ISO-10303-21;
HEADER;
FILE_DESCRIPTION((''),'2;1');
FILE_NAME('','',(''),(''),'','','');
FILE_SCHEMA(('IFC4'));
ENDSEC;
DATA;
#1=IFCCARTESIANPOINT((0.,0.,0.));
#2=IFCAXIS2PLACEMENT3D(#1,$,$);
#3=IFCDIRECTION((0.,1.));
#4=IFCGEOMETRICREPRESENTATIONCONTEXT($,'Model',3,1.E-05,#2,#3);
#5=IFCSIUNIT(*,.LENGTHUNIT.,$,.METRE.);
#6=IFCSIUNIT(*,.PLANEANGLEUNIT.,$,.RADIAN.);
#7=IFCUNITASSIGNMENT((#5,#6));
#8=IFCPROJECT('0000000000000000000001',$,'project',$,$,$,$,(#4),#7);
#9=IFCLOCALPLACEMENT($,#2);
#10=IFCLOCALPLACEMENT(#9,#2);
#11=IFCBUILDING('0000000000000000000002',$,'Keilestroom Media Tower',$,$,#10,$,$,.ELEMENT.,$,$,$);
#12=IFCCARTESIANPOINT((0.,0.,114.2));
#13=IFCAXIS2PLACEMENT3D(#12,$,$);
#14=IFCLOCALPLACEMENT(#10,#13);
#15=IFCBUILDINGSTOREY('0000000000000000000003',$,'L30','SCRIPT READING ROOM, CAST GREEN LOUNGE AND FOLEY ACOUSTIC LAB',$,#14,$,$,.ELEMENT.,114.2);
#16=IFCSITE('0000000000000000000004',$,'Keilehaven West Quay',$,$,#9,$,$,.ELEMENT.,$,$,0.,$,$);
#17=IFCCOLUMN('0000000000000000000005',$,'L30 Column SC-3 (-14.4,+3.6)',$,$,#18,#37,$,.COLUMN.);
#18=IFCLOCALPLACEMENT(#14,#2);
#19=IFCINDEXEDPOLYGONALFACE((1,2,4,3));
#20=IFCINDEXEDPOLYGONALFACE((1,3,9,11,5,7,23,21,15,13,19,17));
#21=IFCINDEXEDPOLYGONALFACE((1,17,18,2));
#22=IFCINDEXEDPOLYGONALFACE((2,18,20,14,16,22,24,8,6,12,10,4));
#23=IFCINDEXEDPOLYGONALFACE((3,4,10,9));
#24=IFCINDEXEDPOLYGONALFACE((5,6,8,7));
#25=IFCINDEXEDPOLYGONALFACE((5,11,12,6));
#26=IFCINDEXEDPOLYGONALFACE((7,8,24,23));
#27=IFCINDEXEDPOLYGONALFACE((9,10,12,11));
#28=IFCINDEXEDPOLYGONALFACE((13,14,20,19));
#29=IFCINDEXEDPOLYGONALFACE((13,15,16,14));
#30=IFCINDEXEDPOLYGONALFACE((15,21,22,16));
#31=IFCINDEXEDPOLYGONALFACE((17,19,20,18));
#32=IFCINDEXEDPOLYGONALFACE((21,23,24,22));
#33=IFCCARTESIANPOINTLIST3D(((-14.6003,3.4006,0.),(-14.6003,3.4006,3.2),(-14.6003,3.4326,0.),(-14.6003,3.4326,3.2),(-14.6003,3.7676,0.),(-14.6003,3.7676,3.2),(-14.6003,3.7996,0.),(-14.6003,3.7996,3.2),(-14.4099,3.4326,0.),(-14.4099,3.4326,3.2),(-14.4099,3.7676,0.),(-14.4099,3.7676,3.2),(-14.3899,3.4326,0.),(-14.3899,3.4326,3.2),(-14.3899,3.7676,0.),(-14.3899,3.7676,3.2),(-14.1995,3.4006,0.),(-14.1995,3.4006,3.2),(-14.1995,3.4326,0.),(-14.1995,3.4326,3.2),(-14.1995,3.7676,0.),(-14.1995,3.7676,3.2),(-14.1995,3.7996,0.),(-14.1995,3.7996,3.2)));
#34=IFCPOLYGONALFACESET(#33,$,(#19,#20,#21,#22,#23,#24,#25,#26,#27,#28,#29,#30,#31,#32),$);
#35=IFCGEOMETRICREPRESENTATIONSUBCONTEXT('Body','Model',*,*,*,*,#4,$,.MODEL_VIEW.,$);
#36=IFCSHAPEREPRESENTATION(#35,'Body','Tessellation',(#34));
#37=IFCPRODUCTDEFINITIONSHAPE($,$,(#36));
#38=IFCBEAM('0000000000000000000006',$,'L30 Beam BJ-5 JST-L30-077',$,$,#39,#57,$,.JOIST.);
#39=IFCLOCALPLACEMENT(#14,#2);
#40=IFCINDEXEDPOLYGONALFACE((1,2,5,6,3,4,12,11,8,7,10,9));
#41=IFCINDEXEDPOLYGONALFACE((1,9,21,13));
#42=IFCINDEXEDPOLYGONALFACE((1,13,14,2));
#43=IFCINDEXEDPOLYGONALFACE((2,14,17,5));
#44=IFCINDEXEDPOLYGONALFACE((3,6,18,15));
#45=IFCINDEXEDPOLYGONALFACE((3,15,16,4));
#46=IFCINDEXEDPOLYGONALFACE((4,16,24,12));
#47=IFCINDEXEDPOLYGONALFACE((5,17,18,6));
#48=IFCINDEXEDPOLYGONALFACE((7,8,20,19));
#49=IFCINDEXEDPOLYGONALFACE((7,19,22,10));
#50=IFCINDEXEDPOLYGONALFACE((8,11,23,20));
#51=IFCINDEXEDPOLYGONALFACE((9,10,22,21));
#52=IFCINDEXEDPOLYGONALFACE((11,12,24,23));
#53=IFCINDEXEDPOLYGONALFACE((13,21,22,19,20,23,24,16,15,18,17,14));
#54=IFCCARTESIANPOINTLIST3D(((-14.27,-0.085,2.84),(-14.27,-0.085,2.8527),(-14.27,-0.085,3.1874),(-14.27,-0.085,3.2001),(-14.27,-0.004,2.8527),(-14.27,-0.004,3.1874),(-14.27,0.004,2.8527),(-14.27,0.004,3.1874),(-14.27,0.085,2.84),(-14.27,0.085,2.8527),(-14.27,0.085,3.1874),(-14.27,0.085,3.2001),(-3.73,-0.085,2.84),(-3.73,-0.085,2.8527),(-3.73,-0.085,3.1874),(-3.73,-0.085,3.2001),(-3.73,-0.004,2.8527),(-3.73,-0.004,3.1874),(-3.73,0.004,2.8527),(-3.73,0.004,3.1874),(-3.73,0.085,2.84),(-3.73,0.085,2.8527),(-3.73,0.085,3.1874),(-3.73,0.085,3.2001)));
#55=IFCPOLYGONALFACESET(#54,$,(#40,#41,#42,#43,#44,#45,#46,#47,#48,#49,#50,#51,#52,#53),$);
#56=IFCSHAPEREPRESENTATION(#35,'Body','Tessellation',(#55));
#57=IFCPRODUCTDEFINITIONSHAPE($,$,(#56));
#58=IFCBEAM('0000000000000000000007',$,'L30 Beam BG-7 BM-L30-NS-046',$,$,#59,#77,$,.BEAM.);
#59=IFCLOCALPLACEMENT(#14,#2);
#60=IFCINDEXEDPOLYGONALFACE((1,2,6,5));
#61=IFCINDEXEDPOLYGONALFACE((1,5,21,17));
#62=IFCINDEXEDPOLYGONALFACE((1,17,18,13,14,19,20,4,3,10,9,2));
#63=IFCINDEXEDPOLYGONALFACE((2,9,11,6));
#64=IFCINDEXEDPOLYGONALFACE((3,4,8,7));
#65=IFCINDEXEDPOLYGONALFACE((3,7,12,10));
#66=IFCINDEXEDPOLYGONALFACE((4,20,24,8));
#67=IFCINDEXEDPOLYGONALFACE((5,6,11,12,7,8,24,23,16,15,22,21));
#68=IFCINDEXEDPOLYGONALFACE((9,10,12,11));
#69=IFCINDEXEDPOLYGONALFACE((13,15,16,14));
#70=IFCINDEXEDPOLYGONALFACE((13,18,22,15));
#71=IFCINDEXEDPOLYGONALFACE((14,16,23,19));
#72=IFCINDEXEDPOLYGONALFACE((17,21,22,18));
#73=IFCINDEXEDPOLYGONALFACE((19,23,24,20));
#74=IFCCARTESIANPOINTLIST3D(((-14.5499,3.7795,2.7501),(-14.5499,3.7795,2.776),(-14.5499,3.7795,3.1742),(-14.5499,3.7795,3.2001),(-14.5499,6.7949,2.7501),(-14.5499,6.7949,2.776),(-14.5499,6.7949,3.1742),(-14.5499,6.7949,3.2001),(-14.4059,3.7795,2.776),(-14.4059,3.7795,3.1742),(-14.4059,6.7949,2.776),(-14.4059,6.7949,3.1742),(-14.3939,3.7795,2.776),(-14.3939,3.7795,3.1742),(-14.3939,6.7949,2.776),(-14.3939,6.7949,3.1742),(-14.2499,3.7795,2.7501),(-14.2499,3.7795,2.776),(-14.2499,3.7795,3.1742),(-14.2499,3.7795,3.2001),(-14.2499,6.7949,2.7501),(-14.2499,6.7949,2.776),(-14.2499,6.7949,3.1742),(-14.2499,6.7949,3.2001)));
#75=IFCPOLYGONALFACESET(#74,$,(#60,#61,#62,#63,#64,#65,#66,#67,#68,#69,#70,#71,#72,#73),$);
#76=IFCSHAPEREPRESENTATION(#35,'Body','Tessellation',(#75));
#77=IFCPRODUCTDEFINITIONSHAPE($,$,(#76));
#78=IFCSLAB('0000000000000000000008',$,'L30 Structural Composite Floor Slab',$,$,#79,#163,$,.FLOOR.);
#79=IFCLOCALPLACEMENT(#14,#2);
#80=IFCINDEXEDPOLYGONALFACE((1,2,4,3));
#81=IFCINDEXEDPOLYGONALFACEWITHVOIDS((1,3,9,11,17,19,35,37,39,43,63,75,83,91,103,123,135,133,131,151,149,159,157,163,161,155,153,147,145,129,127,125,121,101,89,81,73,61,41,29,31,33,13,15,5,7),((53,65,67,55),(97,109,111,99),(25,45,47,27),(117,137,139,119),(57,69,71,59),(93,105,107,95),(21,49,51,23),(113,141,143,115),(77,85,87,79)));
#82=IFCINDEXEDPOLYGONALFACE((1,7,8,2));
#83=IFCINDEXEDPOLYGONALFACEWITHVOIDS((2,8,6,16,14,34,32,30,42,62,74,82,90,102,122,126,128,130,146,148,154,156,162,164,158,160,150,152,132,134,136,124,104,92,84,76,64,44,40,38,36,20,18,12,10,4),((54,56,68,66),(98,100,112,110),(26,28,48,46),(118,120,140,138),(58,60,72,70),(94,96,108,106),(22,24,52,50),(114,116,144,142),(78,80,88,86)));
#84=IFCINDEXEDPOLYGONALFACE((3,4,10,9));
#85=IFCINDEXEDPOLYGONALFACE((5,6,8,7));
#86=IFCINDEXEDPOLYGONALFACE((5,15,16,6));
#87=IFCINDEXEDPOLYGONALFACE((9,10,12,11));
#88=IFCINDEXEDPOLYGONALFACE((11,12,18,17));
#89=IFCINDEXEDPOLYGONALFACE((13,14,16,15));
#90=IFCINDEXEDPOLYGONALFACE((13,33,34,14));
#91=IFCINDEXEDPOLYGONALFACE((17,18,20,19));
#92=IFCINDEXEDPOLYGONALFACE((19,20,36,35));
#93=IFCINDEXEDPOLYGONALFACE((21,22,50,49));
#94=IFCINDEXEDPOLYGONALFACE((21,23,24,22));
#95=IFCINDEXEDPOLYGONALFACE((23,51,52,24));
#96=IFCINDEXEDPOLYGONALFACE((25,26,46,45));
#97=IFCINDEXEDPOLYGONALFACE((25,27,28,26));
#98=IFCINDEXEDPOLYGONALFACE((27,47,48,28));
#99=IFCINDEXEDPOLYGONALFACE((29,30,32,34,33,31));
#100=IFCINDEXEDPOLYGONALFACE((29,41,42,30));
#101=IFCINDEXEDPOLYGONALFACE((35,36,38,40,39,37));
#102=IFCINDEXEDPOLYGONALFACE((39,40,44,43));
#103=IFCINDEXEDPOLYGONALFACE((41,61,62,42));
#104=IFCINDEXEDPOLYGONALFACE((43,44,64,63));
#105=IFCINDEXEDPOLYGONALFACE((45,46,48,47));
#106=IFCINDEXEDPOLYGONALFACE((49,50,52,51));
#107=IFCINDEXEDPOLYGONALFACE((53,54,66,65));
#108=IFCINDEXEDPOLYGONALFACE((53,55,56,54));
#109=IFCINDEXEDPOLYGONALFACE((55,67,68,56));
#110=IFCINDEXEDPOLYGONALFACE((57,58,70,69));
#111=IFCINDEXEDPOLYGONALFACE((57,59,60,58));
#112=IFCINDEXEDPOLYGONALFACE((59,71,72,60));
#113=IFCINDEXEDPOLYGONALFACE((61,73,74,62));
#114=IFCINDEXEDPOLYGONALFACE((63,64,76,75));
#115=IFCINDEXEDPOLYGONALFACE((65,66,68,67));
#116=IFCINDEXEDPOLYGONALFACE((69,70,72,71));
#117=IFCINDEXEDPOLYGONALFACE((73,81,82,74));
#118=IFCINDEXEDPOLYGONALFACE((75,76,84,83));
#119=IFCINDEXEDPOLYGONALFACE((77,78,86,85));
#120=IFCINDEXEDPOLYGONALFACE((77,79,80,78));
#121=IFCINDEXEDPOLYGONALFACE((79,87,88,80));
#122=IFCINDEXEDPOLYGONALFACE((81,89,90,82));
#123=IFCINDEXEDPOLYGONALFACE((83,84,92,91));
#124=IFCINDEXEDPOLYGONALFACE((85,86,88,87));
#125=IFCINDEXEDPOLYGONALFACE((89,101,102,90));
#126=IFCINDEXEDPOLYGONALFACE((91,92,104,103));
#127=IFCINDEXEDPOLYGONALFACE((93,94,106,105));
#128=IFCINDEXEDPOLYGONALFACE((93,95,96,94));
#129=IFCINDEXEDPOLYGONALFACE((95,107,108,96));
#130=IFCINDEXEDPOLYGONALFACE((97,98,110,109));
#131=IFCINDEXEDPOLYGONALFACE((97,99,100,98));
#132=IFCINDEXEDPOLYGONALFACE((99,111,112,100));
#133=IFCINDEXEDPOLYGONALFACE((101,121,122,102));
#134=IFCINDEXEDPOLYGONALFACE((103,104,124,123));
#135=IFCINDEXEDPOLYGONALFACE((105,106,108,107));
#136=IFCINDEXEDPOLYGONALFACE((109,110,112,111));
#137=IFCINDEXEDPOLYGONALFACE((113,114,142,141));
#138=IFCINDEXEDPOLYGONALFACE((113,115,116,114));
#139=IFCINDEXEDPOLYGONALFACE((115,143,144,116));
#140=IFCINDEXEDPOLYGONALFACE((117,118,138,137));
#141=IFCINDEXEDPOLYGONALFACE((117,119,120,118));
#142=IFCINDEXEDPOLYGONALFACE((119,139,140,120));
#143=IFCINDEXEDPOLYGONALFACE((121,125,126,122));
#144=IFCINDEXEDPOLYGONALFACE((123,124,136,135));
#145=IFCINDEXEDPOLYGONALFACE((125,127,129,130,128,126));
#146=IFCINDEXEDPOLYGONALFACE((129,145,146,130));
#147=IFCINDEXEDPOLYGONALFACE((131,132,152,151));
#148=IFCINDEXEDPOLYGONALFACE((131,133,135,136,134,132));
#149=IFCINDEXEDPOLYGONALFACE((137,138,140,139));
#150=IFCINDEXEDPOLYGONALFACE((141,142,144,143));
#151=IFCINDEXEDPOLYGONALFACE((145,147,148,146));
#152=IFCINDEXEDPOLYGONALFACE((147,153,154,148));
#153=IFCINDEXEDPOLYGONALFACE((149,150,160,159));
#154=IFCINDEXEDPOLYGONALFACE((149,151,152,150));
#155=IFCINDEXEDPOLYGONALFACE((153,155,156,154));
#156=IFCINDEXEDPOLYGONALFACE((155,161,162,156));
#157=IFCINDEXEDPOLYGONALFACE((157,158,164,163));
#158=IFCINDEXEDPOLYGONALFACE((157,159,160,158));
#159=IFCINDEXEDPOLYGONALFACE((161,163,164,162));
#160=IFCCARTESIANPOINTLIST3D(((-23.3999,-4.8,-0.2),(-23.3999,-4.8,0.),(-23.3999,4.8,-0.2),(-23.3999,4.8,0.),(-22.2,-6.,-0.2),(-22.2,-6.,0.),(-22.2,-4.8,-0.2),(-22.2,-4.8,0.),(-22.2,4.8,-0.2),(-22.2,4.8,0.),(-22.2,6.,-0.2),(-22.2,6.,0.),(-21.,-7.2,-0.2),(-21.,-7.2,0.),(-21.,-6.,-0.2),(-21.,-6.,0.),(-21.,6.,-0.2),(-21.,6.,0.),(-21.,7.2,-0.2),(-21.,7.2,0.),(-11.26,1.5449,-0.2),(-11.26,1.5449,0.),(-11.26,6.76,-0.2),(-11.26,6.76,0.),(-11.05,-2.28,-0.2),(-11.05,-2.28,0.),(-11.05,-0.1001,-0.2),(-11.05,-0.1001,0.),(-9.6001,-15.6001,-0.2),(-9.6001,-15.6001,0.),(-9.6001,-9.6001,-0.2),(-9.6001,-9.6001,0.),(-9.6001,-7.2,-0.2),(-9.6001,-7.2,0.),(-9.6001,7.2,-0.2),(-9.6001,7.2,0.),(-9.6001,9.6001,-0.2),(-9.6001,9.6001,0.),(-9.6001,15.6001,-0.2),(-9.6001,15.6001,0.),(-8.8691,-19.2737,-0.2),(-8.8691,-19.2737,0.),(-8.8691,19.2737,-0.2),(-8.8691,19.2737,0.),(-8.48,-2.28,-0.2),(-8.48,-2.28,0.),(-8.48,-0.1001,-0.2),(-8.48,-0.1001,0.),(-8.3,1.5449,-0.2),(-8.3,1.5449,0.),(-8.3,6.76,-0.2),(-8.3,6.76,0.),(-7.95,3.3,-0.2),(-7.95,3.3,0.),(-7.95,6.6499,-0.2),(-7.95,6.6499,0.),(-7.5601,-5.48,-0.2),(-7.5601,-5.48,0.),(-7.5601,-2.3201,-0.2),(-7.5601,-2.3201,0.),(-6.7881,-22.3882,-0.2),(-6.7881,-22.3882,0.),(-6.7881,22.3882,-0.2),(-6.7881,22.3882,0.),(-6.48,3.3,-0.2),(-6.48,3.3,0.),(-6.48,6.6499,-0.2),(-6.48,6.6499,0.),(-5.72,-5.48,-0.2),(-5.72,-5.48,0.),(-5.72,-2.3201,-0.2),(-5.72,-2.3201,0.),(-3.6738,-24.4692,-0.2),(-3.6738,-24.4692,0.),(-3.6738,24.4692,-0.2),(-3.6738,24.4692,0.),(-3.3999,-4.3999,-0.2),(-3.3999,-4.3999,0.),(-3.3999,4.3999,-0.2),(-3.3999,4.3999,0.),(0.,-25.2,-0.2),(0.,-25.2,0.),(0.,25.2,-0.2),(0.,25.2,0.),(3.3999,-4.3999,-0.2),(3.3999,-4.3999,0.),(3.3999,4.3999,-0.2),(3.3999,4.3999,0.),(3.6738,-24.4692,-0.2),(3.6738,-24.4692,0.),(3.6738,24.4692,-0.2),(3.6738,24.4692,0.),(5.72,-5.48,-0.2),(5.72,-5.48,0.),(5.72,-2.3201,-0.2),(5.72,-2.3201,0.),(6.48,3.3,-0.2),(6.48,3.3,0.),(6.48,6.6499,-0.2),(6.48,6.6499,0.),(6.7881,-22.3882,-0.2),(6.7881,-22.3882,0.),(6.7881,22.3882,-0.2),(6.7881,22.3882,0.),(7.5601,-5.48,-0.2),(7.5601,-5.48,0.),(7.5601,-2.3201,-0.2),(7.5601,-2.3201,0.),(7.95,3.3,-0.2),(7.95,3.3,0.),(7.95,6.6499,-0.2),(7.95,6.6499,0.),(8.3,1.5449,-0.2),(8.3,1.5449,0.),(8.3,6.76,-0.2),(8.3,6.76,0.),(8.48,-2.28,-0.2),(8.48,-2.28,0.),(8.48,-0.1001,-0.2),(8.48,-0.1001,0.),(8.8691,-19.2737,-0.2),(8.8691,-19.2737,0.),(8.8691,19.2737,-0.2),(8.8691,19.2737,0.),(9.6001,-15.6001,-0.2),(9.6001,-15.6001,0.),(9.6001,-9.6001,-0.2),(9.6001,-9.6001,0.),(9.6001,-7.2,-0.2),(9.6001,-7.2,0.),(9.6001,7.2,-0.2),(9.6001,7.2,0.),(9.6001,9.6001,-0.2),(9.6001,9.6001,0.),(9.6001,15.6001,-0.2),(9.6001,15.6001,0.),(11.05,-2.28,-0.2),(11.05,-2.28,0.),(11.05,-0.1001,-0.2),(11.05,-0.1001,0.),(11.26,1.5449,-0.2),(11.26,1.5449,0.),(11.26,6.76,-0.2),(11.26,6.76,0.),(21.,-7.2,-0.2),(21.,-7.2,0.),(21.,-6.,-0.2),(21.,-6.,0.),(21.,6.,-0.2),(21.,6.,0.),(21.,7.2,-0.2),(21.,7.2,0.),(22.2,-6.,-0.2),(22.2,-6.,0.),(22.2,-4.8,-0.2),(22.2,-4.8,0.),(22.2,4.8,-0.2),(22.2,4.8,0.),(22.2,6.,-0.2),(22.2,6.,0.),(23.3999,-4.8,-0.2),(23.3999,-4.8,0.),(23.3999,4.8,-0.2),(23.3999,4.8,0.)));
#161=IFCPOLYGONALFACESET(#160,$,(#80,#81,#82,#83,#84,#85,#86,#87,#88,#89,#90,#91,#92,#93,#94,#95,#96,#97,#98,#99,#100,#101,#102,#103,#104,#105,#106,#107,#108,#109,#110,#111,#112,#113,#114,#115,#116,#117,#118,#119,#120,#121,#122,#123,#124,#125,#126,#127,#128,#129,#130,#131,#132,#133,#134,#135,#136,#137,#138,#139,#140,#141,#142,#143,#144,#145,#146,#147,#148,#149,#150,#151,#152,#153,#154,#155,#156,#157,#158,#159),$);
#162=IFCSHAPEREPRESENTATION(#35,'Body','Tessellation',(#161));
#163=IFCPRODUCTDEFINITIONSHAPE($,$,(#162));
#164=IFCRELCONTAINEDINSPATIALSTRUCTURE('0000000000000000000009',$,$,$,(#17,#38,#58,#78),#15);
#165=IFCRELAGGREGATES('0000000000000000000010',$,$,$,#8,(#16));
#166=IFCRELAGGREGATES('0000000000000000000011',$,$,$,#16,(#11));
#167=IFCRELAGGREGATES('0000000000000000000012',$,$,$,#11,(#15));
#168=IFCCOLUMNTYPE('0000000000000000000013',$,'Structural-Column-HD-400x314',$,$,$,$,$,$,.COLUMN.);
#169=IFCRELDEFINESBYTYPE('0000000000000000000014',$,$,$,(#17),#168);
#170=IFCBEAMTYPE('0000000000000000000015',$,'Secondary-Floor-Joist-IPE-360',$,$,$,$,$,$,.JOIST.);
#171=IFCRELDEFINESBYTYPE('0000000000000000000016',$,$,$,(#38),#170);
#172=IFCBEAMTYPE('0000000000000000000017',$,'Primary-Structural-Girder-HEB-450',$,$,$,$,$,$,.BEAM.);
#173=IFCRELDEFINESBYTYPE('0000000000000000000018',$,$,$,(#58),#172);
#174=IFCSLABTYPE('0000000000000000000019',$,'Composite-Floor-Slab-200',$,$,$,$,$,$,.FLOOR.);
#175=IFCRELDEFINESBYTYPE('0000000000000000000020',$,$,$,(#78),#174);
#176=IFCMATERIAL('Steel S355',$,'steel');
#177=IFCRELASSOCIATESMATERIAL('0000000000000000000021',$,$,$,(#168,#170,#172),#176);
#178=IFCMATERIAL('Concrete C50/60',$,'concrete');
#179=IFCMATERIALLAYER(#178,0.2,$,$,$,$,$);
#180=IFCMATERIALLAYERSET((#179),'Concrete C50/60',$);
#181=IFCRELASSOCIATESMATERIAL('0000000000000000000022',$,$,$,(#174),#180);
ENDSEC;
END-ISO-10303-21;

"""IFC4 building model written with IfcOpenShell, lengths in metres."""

from ifc_helpers import new_model, si_unit, direction, frame, origin, origin_2d, place, context, subcontext, project, spatial, polyline, i_section, outline, extrude, source, transform, mapped, material, layer, layer_set, material_profile, profile_set, type_object, element, save


model = new_model("IFC4")

# Units and contexts
model_context = context("Model", 3, precision=1e-05, world=origin(), true_north=direction((0.0, 1.0)))
body_context = subcontext(model_context, "Body", "Model", "MODEL_VIEW")
ifc_project = project(units=[si_unit("LENGTHUNIT", "METRE"), si_unit("PLANEANGLEUNIT", "RADIAN")], contexts=[model_context])

# Site, building, storey
site_placement = place(None, origin())
site = spatial("IfcSite", under=ifc_project, at=site_placement, Name="Keilehaven West Quay", CompositionType="ELEMENT", RefElevation=0.0)
building_placement = place(site_placement, origin())
building = spatial("IfcBuilding", under=site, at=building_placement, Name="Keilestroom Media Tower", CompositionType="ELEMENT")
storey_placement = place(building_placement, frame((0.0, 0.0, 114.2)))
storey = spatial("IfcBuildingStorey", under=building, at=storey_placement, Name="L30", Description="SCRIPT READING ROOM, CAST GREEN LOUNGE AND FOLEY ACOUSTIC LAB", CompositionType="ELEMENT", Elevation=114.2)

# Column
ifc_material_1 = material(Name="Steel S355", Category="steel")
ifc_material_profile_1 = material_profile(ifc_material_1, i_section(OverallWidth=0.4009, OverallDepth=0.3989, WebThickness=0.02, FlangeThickness=0.032, at=origin_2d()), Name="HD 400x314")
ifc_profile_set_1 = profile_set([ifc_material_profile_1], Name="Steel S355")
column_type = type_object("IfcColumnType", Name="Structural-Column-HD-400x314", PredefinedType="COLUMN", material=ifc_profile_set_1)
shared_shape_1 = source(origin(), body_context, "Body", "SweptSolid", [
    extrude(i_section(OverallWidth=0.4009, OverallDepth=0.3989, WebThickness=0.02, FlangeThickness=0.032, at=origin_2d()), origin(), (0.0, 0.0, 1.0), 3.2),
])
column_placement = place(storey_placement, frame((-14.3999, 3.6001, 0.0), z_axis=(0.0, 0.0, 1.0), x_axis=(1.0, 0.0, 0.0)))
element("IfcColumn", 1, at=column_placement, inside=storey, type_object=column_type, Name="L30 Column SC-3 (-14.4,+3.6)", PredefinedType="COLUMN", context=body_context, shape_type="MappedRepresentation", body=[
    mapped(shared_shape_1, transform((0.0, 0.0, 0.0), x_axis=(1.0, 0.0, 0.0), y_axis=(0.0, 1.0, 0.0), z_axis=(0.0, 0.0, 1.0), scale=1.0)),
])

# Beams
ifc_material_profile_2 = material_profile(ifc_material_1, i_section(OverallWidth=0.1699, OverallDepth=0.3601, WebThickness=0.0081, FlangeThickness=0.0127, at=origin_2d()), Name="IPE 360")
ifc_profile_set_2 = profile_set([ifc_material_profile_2], Name="Steel S355")
beam_type_1 = type_object("IfcBeamType", Name="Secondary-Floor-Joist-IPE-360", PredefinedType="JOIST", material=ifc_profile_set_2)
shared_shape_2 = source(origin(), body_context, "Body", "SweptSolid", [
    extrude(i_section(OverallWidth=0.1699, OverallDepth=0.3601, WebThickness=0.0081, FlangeThickness=0.0127, at=origin_2d()), origin(), (0.0, 0.0, 1.0), 10.54),
])
beam_1_placement = place(storey_placement, frame((-14.27, 0.0, 3.02), z_axis=(1.0, 0.0, 0.0), x_axis=(0.0, 1.0, 0.0)))
element("IfcBeam", 2, at=beam_1_placement, inside=storey, type_object=beam_type_1, Name="L30 Beam BJ-5 JST-L30-077", PredefinedType="JOIST", context=body_context, shape_type="MappedRepresentation", body=[
    mapped(shared_shape_2, transform((0.0, 0.0, 0.0), x_axis=(1.0, 0.0, 0.0), y_axis=(0.0, 1.0, 0.0), z_axis=(0.0, 0.0, 1.0), scale=1.0)),
])
ifc_material_profile_3 = material_profile(ifc_material_1, i_section(OverallWidth=0.3, OverallDepth=0.45, WebThickness=0.012, FlangeThickness=0.0259, at=origin_2d()), Name="HEB 450")
ifc_profile_set_3 = profile_set([ifc_material_profile_3], Name="Steel S355")
beam_type_2 = type_object("IfcBeamType", Name="Primary-Structural-Girder-HEB-450", PredefinedType="BEAM", material=ifc_profile_set_3)
shared_shape_3 = source(origin(), body_context, "Body", "SweptSolid", [
    extrude(i_section(OverallWidth=0.3, OverallDepth=0.45, WebThickness=0.012, FlangeThickness=0.0259, at=origin_2d()), origin(), (0.0, 0.0, 1.0), 3.0154),
])
beam_2_placement = place(storey_placement, frame((-14.3999, 3.7795, 2.9751), z_axis=(0.0, 1.0, 0.0), x_axis=(-1.0, 0.0, 0.0)))
element("IfcBeam", 3, at=beam_2_placement, inside=storey, type_object=beam_type_2, Name="L30 Beam BG-7 BM-L30-NS-046", PredefinedType="BEAM", context=body_context, shape_type="MappedRepresentation", body=[
    mapped(shared_shape_3, transform((0.0, 0.0, 0.0), x_axis=(1.0, 0.0, 0.0), y_axis=(0.0, 1.0, 0.0), z_axis=(0.0, 0.0, 1.0), scale=1.0)),
])

# Slab
ifc_material_2 = material(Name="Concrete C50/60", Category="concrete")
ifc_layer_1 = layer(ifc_material_2, 0.2)
ifc_layer_set_1 = layer_set([ifc_layer_1], Name="Concrete C50/60")
slab_type_1 = type_object("IfcSlabType", Name="Composite-Floor-Slab-200", PredefinedType="FLOOR", material=ifc_layer_set_1)
slab_1_placement = place(storey_placement, frame((0.0, 0.0, -0.2)))
element("IfcSlab", 4, at=slab_1_placement, inside=storey, type_object=slab_type_1, Name="L30 Structural Composite Floor Slab", PredefinedType="FLOOR", context=body_context, shape_type="SweptSolid", body=[
    extrude(outline(polyline([(23.3999, -4.8), (23.3999, 4.8), (22.2, 4.8), (22.2, 6.0), (21.0, 6.0), (21.0, 7.2), (9.6001, 7.2), (9.6001, 9.6001), (9.6001, 15.6001), (8.8691, 19.2737), (6.7881, 22.3882), (3.6738, 24.4692), (0.0, 25.2), (-3.6738, 24.4692), (-6.7881, 22.3882), (-8.8691, 19.2737), (-9.6001, 15.6001), (-9.6001, 9.6001), (-9.6001, 7.2), (-21.0, 7.2), (-21.0, 6.0), (-22.2, 6.0), (-22.2, 4.8), (-23.3999, 4.8), (-23.3999, -4.8), (-22.2, -4.8), (-22.2, -6.0), (-21.0, -6.0), (-21.0, -7.2), (-9.6001, -7.2), (-9.6001, -9.6001), (-9.6001, -15.6001), (-8.8691, -19.2737), (-6.7881, -22.3882), (-3.6738, -24.4692), (0.0, -25.2), (3.6738, -24.4692), (6.7881, -22.3882), (8.8691, -19.2737), (9.6001, -15.6001), (9.6001, -9.6001), (9.6001, -7.2), (21.0, -7.2), (21.0, -6.0), (22.2, -6.0), (22.2, -4.8), (23.3999, -4.8)]), holes=[polyline([(-11.26, 1.5449), (-11.26, 6.76), (-8.3, 6.76), (-8.3, 1.5449), (-11.26, 1.5449)]), polyline([(-11.05, -2.28), (-11.05, -0.1001), (-8.48, -0.1001), (-8.48, -2.28), (-11.05, -2.28)]), polyline([(-7.95, 3.3), (-7.95, 6.6499), (-6.48, 6.6499), (-6.48, 3.3), (-7.95, 3.3)]), polyline([(-7.5601, -2.3201), (-5.72, -2.3201), (-5.72, -5.48), (-7.5601, -5.48), (-7.5601, -2.3201)]), polyline([(3.3999, -4.3999), (-3.3999, -4.3999), (-3.3999, 4.3999), (3.3999, 4.3999), (3.3999, -4.3999)]), polyline([(7.5601, -2.3201), (7.5601, -5.48), (5.72, -5.48), (5.72, -2.3201), (7.5601, -2.3201)]), polyline([(6.48, 3.3), (6.48, 6.6499), (7.95, 6.6499), (7.95, 3.3), (6.48, 3.3)]), polyline([(8.3, 1.5449), (8.3, 6.76), (11.26, 6.76), (11.26, 1.5449), (8.3, 1.5449)]), polyline([(8.48, -2.28), (8.48, -0.1001), (11.05, -0.1001), (11.05, -2.28), (8.48, -2.28)])]), origin(), (0.0, 0.0, 1.0), 0.2),
])

save(model, "model.ifc")
